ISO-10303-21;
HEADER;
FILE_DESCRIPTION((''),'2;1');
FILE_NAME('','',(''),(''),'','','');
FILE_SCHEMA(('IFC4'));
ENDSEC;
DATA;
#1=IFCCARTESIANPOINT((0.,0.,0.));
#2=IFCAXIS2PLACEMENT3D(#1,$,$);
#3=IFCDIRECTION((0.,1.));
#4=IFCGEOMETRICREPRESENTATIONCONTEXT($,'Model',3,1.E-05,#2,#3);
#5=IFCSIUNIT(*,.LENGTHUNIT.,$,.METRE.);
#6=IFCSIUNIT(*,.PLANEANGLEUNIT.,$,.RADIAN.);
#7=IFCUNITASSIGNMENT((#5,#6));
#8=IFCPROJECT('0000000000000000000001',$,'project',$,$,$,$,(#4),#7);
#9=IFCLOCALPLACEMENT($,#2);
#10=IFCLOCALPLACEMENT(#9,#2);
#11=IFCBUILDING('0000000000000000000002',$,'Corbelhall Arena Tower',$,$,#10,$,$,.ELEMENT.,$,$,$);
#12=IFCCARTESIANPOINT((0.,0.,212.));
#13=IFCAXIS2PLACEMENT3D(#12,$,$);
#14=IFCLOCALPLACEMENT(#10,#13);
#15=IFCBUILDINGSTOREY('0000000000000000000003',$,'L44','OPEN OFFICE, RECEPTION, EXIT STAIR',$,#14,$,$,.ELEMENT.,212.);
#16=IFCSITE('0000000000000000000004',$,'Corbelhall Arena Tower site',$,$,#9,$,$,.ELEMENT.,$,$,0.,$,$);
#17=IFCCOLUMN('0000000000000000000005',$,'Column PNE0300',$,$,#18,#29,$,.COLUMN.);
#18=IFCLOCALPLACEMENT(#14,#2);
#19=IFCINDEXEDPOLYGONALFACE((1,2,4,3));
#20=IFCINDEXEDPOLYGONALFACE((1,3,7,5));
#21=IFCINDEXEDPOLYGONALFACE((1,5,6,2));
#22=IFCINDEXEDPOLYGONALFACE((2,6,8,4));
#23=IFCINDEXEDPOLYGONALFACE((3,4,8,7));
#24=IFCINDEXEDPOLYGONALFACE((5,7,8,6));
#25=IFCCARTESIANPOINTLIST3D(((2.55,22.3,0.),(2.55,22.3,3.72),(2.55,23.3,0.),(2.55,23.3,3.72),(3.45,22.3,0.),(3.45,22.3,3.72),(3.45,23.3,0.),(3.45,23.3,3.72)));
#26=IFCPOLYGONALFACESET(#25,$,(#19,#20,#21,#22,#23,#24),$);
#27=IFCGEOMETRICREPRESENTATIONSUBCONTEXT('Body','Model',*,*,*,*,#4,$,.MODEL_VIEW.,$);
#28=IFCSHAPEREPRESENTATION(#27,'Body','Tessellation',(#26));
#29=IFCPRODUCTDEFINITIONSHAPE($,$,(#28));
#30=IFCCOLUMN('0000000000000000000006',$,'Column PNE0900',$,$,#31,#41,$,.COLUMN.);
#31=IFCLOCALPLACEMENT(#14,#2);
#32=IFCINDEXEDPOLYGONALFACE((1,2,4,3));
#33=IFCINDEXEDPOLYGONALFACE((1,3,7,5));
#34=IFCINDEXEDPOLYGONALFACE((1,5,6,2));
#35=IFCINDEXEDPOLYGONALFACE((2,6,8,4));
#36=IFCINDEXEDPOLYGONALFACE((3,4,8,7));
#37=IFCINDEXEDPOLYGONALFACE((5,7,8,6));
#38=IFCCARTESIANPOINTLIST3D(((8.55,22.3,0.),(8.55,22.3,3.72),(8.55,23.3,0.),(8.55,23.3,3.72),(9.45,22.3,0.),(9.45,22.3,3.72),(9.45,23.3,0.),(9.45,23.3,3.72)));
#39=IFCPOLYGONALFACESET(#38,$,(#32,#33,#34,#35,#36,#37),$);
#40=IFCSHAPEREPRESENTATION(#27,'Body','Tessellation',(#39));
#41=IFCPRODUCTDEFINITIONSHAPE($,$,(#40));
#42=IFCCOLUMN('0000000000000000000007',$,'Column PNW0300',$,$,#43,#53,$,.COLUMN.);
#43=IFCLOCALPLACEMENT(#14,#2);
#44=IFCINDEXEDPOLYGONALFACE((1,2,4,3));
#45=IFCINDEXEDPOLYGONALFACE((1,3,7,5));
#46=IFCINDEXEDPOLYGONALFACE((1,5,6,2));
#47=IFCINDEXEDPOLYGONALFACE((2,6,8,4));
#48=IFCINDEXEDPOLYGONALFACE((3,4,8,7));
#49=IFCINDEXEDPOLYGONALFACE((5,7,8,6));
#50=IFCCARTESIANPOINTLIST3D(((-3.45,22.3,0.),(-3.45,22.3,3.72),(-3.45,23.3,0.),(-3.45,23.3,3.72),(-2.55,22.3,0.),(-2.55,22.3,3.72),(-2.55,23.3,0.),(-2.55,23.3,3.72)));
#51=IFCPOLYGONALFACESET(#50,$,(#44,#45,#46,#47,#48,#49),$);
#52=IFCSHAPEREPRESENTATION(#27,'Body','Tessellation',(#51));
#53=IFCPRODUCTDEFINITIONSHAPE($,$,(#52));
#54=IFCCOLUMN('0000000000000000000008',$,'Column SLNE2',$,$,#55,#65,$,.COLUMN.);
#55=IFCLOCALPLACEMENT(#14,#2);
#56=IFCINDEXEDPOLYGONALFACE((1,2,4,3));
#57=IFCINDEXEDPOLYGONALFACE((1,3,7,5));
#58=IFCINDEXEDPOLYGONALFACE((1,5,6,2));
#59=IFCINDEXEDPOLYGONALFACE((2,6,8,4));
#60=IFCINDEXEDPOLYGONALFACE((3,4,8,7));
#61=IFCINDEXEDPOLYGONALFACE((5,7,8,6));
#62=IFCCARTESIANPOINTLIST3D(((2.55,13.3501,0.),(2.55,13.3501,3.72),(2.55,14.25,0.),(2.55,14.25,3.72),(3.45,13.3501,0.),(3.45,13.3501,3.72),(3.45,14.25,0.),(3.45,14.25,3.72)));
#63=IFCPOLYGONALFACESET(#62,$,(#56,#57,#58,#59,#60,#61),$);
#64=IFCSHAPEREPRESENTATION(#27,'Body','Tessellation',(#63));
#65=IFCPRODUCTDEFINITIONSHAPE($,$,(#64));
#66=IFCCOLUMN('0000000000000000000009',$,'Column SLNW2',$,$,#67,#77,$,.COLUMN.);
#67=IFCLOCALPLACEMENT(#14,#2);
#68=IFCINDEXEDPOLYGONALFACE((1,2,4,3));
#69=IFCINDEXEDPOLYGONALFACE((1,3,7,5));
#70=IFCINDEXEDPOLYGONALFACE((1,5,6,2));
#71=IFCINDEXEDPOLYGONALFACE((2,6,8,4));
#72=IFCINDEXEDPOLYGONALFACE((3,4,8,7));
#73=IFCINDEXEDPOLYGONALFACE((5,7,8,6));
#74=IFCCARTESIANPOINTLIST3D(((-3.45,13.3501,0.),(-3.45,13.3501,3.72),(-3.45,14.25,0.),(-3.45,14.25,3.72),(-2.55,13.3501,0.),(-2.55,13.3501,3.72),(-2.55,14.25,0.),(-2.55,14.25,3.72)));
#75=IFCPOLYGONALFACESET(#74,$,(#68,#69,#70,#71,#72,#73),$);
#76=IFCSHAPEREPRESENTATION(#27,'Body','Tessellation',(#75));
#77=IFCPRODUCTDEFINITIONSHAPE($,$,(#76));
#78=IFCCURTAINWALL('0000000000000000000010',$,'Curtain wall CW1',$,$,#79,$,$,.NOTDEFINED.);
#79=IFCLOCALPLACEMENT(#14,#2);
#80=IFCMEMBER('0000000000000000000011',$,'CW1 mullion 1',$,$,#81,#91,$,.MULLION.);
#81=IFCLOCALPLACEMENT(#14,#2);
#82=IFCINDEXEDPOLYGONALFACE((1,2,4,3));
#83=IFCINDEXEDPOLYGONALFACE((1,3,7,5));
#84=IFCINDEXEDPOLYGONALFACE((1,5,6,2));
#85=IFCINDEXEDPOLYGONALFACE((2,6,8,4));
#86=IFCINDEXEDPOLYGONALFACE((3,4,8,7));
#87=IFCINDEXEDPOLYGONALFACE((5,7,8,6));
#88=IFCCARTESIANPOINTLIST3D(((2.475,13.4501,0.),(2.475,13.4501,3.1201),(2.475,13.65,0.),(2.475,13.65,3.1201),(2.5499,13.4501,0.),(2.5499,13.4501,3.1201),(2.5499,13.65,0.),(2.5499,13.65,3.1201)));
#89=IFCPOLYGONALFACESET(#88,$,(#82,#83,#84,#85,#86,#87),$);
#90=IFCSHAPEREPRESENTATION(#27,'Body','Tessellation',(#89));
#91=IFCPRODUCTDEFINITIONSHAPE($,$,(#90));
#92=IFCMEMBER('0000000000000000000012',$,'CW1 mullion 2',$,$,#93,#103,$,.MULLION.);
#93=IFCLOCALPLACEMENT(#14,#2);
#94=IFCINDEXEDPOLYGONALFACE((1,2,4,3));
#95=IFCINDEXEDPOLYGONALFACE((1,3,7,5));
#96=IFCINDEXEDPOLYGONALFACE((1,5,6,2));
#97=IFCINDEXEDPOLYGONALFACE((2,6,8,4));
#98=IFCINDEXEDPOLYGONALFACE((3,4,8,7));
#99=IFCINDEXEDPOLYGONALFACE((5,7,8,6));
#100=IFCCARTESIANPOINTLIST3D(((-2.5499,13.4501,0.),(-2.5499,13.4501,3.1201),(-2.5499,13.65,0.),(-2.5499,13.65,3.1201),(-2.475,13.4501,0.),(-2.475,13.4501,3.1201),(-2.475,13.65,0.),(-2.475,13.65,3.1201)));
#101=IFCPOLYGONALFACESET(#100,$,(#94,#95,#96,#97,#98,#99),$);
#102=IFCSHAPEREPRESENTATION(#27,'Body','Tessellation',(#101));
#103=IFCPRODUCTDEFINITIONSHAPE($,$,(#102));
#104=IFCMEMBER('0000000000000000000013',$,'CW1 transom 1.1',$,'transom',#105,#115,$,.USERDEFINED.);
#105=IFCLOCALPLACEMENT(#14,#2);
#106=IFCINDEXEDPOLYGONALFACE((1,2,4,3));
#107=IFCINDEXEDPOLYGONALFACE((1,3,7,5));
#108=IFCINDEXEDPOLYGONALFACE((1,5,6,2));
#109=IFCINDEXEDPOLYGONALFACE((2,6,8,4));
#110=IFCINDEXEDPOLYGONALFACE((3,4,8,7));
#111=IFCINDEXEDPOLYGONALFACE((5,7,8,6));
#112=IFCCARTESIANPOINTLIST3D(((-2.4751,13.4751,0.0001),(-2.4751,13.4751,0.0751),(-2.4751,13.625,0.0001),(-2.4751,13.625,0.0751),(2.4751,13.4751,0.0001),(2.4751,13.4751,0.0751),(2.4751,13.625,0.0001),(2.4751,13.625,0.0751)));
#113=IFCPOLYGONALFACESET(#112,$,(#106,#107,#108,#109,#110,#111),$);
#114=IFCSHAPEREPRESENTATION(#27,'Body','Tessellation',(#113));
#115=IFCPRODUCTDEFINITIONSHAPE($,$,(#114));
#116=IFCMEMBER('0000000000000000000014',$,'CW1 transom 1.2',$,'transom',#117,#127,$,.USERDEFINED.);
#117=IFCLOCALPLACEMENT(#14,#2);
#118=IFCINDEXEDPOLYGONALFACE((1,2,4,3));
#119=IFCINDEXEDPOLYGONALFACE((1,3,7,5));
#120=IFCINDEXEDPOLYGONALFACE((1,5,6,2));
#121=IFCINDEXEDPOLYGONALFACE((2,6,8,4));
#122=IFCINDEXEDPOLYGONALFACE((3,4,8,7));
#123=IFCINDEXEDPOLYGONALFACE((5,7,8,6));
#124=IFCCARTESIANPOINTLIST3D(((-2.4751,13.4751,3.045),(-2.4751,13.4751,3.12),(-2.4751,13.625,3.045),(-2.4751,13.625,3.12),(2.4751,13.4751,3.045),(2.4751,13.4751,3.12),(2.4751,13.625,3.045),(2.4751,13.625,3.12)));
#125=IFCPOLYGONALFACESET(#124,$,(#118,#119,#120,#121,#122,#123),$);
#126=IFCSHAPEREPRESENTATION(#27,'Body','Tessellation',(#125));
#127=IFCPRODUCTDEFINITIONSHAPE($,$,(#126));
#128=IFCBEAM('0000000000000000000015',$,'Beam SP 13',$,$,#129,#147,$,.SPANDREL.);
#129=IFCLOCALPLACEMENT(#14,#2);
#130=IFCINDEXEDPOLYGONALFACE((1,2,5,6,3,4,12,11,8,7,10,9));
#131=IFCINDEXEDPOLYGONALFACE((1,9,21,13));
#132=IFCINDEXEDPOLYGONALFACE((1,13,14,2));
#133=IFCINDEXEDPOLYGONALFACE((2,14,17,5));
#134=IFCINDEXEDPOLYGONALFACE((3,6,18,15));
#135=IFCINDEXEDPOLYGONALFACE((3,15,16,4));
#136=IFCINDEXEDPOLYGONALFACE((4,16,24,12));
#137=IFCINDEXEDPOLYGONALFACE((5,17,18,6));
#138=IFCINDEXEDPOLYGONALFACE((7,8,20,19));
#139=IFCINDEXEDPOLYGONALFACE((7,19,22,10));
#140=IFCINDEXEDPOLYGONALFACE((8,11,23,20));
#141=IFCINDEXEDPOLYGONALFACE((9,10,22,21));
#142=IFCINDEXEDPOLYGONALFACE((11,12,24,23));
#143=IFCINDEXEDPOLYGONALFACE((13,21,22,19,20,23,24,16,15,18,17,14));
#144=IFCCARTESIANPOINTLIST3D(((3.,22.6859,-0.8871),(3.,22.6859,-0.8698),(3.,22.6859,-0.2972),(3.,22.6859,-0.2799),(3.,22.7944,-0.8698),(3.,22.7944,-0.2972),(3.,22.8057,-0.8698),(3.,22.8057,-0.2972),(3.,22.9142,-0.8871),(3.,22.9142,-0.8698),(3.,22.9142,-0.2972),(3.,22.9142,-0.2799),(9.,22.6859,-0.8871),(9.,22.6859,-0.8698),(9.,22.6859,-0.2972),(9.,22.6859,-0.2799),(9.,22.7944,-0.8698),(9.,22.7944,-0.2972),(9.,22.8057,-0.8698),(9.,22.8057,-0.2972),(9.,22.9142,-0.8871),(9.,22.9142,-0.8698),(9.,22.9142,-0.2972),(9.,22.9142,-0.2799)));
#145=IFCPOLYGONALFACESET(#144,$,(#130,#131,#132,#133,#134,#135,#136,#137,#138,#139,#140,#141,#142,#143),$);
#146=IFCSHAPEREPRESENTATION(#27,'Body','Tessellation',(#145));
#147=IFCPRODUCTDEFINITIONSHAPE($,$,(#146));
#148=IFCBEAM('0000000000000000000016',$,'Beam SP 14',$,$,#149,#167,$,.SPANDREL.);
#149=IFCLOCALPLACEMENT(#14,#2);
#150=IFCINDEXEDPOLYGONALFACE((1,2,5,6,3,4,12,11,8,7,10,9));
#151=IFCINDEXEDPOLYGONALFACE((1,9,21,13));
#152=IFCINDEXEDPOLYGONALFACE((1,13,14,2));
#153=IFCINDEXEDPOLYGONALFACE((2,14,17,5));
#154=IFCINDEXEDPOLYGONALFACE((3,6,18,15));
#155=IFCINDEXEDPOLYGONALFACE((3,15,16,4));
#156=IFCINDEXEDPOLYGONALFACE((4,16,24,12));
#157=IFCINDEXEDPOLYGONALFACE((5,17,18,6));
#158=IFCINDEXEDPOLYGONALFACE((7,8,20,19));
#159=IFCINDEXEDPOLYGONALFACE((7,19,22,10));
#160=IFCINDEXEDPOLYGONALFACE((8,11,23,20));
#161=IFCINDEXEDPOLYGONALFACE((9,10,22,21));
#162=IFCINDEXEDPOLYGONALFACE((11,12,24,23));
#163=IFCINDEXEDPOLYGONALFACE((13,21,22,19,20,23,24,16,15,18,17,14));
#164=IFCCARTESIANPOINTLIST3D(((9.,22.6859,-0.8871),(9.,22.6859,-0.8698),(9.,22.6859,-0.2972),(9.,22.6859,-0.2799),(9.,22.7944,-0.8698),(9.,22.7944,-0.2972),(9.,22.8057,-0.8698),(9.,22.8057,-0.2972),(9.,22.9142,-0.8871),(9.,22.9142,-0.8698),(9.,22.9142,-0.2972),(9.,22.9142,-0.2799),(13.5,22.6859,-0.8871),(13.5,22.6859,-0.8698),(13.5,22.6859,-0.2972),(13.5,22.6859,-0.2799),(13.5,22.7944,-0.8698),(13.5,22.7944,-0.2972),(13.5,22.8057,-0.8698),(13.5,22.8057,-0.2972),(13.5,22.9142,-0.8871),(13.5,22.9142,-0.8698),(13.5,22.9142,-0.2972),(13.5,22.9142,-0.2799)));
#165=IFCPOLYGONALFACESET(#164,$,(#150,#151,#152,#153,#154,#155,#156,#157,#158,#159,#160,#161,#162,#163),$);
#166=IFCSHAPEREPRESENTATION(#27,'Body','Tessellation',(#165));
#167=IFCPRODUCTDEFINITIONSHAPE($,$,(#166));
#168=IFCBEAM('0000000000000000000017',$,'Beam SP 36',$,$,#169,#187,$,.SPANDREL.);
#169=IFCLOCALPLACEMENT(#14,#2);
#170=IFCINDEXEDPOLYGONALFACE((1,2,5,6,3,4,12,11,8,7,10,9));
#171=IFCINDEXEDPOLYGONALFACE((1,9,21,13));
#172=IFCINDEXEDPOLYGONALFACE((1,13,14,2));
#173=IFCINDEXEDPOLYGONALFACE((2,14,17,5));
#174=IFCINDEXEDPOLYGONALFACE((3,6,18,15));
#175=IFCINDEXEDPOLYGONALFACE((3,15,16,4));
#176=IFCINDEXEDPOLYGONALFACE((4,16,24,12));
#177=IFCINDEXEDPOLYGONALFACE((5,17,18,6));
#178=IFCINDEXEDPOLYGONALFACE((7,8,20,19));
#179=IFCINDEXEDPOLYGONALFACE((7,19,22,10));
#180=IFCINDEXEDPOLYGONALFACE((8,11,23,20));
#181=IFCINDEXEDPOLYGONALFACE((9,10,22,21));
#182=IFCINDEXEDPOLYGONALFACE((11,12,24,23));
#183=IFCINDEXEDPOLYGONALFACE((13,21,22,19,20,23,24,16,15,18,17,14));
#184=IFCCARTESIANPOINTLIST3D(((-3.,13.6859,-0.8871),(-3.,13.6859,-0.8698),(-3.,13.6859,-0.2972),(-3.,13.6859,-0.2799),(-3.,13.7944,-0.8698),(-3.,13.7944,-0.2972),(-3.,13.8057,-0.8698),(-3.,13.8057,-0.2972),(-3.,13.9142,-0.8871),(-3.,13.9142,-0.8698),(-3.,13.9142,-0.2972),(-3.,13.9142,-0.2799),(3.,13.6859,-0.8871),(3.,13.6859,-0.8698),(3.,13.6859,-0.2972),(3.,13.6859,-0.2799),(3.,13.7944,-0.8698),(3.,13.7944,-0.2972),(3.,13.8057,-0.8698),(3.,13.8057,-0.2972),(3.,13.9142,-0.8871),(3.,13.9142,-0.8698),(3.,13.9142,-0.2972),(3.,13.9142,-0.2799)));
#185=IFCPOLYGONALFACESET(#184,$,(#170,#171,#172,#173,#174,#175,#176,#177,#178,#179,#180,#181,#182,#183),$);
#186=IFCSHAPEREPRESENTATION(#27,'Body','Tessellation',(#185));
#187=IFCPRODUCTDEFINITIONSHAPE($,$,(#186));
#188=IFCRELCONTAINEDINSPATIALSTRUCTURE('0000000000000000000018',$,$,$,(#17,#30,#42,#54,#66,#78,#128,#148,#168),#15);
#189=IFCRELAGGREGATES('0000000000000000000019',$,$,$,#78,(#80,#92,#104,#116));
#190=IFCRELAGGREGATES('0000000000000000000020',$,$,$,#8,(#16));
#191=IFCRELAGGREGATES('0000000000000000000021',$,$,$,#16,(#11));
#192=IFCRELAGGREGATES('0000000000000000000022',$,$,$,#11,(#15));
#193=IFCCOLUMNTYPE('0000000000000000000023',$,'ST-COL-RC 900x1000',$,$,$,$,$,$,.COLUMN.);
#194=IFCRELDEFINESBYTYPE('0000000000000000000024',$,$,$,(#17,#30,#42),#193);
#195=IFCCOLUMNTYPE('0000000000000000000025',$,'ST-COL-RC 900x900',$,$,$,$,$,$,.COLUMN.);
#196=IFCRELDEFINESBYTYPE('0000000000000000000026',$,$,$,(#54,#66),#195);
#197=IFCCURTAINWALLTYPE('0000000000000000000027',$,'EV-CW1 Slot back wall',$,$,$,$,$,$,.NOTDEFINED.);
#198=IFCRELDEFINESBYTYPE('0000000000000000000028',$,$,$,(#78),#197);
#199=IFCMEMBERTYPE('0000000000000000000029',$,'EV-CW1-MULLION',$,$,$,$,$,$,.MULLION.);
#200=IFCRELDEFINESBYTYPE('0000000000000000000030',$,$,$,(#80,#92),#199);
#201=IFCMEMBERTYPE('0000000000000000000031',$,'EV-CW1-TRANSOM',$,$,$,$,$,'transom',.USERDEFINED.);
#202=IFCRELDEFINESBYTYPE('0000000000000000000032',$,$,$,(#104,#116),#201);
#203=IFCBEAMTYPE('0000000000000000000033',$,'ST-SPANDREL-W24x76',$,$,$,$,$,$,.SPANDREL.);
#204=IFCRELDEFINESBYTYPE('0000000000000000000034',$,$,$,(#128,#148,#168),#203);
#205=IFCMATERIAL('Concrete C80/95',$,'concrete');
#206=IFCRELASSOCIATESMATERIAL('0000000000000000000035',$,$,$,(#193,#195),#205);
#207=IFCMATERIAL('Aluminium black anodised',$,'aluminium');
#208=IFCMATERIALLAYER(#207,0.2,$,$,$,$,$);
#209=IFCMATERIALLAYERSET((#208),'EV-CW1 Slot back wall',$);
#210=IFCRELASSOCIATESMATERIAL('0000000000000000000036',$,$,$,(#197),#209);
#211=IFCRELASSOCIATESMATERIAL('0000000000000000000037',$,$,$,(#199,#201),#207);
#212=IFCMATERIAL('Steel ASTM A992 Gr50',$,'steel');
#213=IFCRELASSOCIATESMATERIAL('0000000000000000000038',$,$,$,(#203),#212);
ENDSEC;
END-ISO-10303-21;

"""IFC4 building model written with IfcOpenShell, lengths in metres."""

from ifc_helpers import new_model, si_unit, direction, frame, origin, origin_2d, place, context, subcontext, project, spatial, rectangle, i_section, extrude, material, layer, layer_set, material_profile, profile_set, type_object, element, aggregate, save


model = new_model("IFC4")

# Units and contexts
model_context = context("Model", 3, precision=1e-05, world=origin(), true_north=direction((0.0, 1.0)))
body_context = subcontext(model_context, "Body", "Model", "MODEL_VIEW")
ifc_project = project(units=[si_unit("LENGTHUNIT", "METRE"), si_unit("PLANEANGLEUNIT", "RADIAN")], contexts=[model_context])

# Site, building, storey
site_placement = place(None, origin())
site = spatial("IfcSite", under=ifc_project, at=site_placement, Name="Corbelhall Arena Tower site", CompositionType="ELEMENT", RefElevation=0.0)
building_placement = place(site_placement, origin())
building = spatial("IfcBuilding", under=site, at=building_placement, Name="Corbelhall Arena Tower", CompositionType="ELEMENT")
storey_placement = place(building_placement, frame((0.0, 0.0, 212.0)))
storey = spatial("IfcBuildingStorey", under=building, at=storey_placement, Name="L44", Description="OPEN OFFICE, RECEPTION, EXIT STAIR", CompositionType="ELEMENT", Elevation=212.0)

# Columns
ifc_material_1 = material(Name="Concrete C80/95", Category="concrete")
ifc_material_profile_1 = material_profile(ifc_material_1, rectangle(XDim=0.8999, YDim=1.0, at=origin_2d()))
ifc_profile_set_1 = profile_set([ifc_material_profile_1], Name="Concrete C80/95")
column_type_1 = type_object("IfcColumnType", Name="ST-COL-RC 900x1000", PredefinedType="COLUMN", material=ifc_profile_set_1)
for number, where, z_axis, x_axis, name in (
    (1, (3.0, 22.8, 0.0), (0.0, 0.0, 1.0), (1.0, 0.0, 0.0), "Column PNE0300"),
    (2, (9.0, 22.8, 0.0), (0.0, 0.0, 1.0), (1.0, 0.0, 0.0), "Column PNE0900"),
    (3, (-3.0, 22.8, 0.0), (0.0, 0.0, 1.0), (1.0, 0.0, 0.0), "Column PNW0300"),
):
    element("IfcColumn", number, at=place(storey_placement, frame(where, z_axis=z_axis, x_axis=x_axis)), inside=storey, type_object=column_type_1, Name=name, PredefinedType="COLUMN", context=body_context, shape_type="SweptSolid", body=[
        extrude(rectangle(XDim=0.8999, YDim=1.0, at=origin_2d()), origin(), (0.0, 0.0, 1.0), 3.72),
    ])
ifc_material_profile_2 = material_profile(ifc_material_1, rectangle(XDim=0.8999, YDim=0.8999, at=origin_2d()))
ifc_profile_set_2 = profile_set([ifc_material_profile_2], Name="Concrete C80/95")
column_type_2 = type_object("IfcColumnType", Name="ST-COL-RC 900x900", PredefinedType="COLUMN", material=ifc_profile_set_2)
for number, where, z_axis, x_axis, name in (
    (4, (3.0, 13.8, 0.0), (0.0, 0.0, 1.0), (1.0, 0.0, 0.0), "Column SLNE2"),
    (5, (-3.0, 13.8, 0.0), (0.0, 0.0, 1.0), (1.0, 0.0, 0.0), "Column SLNW2"),
):
    element("IfcColumn", number, at=place(storey_placement, frame(where, z_axis=z_axis, x_axis=x_axis)), inside=storey, type_object=column_type_2, Name=name, PredefinedType="COLUMN", context=body_context, shape_type="SweptSolid", body=[
        extrude(rectangle(XDim=0.8999, YDim=0.8999, at=origin_2d()), origin(), (0.0, 0.0, 1.0), 3.72),
    ])

# Curtain wall, members
ifc_material_2 = material(Name="Aluminium black anodised", Category="aluminium")
ifc_layer_1 = layer(ifc_material_2, 0.2)
ifc_layer_set_1 = layer_set([ifc_layer_1], Name="EV-CW1 Slot back wall")
curtain_wall_type = type_object("IfcCurtainWallType", Name="EV-CW1 Slot back wall", PredefinedType="NOTDEFINED", material=ifc_layer_set_1)
curtain_wall_placement = place(storey_placement, origin())
curtain_wall = element("IfcCurtainWall", 6, at=curtain_wall_placement, inside=storey, type_object=curtain_wall_type, Name="Curtain wall CW1", PredefinedType="NOTDEFINED")
ifc_material_profile_3 = material_profile(ifc_material_2, rectangle(XDim=0.2, YDim=0.075, at=origin_2d()))
ifc_profile_set_3 = profile_set([ifc_material_profile_3], Name="Aluminium black anodised")
member_type_1 = type_object("IfcMemberType", Name="EV-CW1-MULLION", PredefinedType="MULLION", material=ifc_profile_set_3)
member_1_placement = place(storey_placement, frame((2.5125, 13.55, 0.0), z_axis=(0.0, 0.0, 1.0), x_axis=(0.0, -1.0, 0.0)))
member_1 = element("IfcMember", 7, at=member_1_placement, type_object=member_type_1, Name="CW1 mullion 1", PredefinedType="MULLION", context=body_context, shape_type="SweptSolid", body=[
    extrude(rectangle(XDim=0.2, YDim=0.075, at=origin_2d()), origin(), (0.0, 0.0, 1.0), 3.1201),
])
member_2_placement = place(storey_placement, frame((-2.5125, 13.55, 0.0), z_axis=(0.0, 0.0, 1.0), x_axis=(0.0, -1.0, 0.0)))
member_2 = element("IfcMember", 8, at=member_2_placement, type_object=member_type_1, Name="CW1 mullion 2", PredefinedType="MULLION", context=body_context, shape_type="SweptSolid", body=[
    extrude(rectangle(XDim=0.2, YDim=0.075, at=origin_2d()), origin(), (0.0, 0.0, 1.0), 3.1201),
])
ifc_material_profile_4 = material_profile(ifc_material_2, rectangle(XDim=0.1499, YDim=0.075, at=origin_2d()))
ifc_profile_set_4 = profile_set([ifc_material_profile_4], Name="Aluminium black anodised")
member_type_2 = type_object("IfcMemberType", Name="EV-CW1-TRANSOM", ElementType="transom", PredefinedType="USERDEFINED", material=ifc_profile_set_4)
member_3_placement = place(storey_placement, frame((2.4751, 13.55, 0.0376), z_axis=(-1.0, 0.0, 0.0), x_axis=(0.0, -1.0, 0.0)))
member_3 = element("IfcMember", 9, at=member_3_placement, type_object=member_type_2, Name="CW1 transom 1.1", ObjectType="transom", PredefinedType="USERDEFINED", context=body_context, shape_type="SweptSolid", body=[
    extrude(rectangle(XDim=0.1499, YDim=0.075, at=origin_2d()), origin(), (0.0, 0.0, 1.0), 4.9502),
])
member_4_placement = place(storey_placement, frame((2.4751, 13.55, 3.0825), z_axis=(-1.0, 0.0, 0.0), x_axis=(0.0, -1.0, 0.0)))
member_4 = element("IfcMember", 10, at=member_4_placement, type_object=member_type_2, Name="CW1 transom 1.2", ObjectType="transom", PredefinedType="USERDEFINED", context=body_context, shape_type="SweptSolid", body=[
    extrude(rectangle(XDim=0.1499, YDim=0.075, at=origin_2d()), origin(), (0.0, 0.0, 1.0), 4.9502),
])

# Beams
ifc_material_3 = material(Name="Steel ASTM A992 Gr50", Category="steel")
ifc_material_profile_5 = material_profile(ifc_material_3, i_section(OverallWidth=0.2283, OverallDepth=0.6072, WebThickness=0.0112, FlangeThickness=0.0173, at=origin_2d()))
ifc_profile_set_5 = profile_set([ifc_material_profile_5], Name="Steel ASTM A992 Gr50")
beam_type_1 = type_object("IfcBeamType", Name="ST-SPANDREL-W24x76", PredefinedType="SPANDREL", material=ifc_profile_set_5)
beam_1_placement = place(storey_placement, frame((3.0, 22.8, -0.5835), z_axis=(1.0, 0.0, 0.0), x_axis=(0.0, 1.0, 0.0)))
element("IfcBeam", 11, at=beam_1_placement, inside=storey, type_object=beam_type_1, Name="Beam SP 13", PredefinedType="SPANDREL", context=body_context, shape_type="SweptSolid", body=[
    extrude(i_section(OverallWidth=0.2283, OverallDepth=0.6072, WebThickness=0.0112, FlangeThickness=0.0173, at=origin_2d()), origin(), (0.0, 0.0, 1.0), 6.0),
])
beam_2_placement = place(storey_placement, frame((9.0, 22.8, -0.5835), z_axis=(1.0, 0.0, 0.0), x_axis=(0.0, 1.0, 0.0)))
element("IfcBeam", 12, at=beam_2_placement, inside=storey, type_object=beam_type_1, Name="Beam SP 14", PredefinedType="SPANDREL", context=body_context, shape_type="SweptSolid", body=[
    extrude(i_section(OverallWidth=0.2283, OverallDepth=0.6072, WebThickness=0.0112, FlangeThickness=0.0173, at=origin_2d()), origin(), (0.0, 0.0, 1.0), 4.5),
])
beam_3_placement = place(storey_placement, frame((-3.0, 13.8, -0.5835), z_axis=(1.0, 0.0, 0.0), x_axis=(0.0, 1.0, 0.0)))
element("IfcBeam", 13, at=beam_3_placement, inside=storey, type_object=beam_type_1, Name="Beam SP 36", PredefinedType="SPANDREL", context=body_context, shape_type="SweptSolid", body=[
    extrude(i_section(OverallWidth=0.2283, OverallDepth=0.6072, WebThickness=0.0112, FlangeThickness=0.0173, at=origin_2d()), origin(), (0.0, 0.0, 1.0), 6.0),
])

aggregate(curtain_wall, [member_1, member_2, member_3, member_4])

save(model, "model.ifc")
